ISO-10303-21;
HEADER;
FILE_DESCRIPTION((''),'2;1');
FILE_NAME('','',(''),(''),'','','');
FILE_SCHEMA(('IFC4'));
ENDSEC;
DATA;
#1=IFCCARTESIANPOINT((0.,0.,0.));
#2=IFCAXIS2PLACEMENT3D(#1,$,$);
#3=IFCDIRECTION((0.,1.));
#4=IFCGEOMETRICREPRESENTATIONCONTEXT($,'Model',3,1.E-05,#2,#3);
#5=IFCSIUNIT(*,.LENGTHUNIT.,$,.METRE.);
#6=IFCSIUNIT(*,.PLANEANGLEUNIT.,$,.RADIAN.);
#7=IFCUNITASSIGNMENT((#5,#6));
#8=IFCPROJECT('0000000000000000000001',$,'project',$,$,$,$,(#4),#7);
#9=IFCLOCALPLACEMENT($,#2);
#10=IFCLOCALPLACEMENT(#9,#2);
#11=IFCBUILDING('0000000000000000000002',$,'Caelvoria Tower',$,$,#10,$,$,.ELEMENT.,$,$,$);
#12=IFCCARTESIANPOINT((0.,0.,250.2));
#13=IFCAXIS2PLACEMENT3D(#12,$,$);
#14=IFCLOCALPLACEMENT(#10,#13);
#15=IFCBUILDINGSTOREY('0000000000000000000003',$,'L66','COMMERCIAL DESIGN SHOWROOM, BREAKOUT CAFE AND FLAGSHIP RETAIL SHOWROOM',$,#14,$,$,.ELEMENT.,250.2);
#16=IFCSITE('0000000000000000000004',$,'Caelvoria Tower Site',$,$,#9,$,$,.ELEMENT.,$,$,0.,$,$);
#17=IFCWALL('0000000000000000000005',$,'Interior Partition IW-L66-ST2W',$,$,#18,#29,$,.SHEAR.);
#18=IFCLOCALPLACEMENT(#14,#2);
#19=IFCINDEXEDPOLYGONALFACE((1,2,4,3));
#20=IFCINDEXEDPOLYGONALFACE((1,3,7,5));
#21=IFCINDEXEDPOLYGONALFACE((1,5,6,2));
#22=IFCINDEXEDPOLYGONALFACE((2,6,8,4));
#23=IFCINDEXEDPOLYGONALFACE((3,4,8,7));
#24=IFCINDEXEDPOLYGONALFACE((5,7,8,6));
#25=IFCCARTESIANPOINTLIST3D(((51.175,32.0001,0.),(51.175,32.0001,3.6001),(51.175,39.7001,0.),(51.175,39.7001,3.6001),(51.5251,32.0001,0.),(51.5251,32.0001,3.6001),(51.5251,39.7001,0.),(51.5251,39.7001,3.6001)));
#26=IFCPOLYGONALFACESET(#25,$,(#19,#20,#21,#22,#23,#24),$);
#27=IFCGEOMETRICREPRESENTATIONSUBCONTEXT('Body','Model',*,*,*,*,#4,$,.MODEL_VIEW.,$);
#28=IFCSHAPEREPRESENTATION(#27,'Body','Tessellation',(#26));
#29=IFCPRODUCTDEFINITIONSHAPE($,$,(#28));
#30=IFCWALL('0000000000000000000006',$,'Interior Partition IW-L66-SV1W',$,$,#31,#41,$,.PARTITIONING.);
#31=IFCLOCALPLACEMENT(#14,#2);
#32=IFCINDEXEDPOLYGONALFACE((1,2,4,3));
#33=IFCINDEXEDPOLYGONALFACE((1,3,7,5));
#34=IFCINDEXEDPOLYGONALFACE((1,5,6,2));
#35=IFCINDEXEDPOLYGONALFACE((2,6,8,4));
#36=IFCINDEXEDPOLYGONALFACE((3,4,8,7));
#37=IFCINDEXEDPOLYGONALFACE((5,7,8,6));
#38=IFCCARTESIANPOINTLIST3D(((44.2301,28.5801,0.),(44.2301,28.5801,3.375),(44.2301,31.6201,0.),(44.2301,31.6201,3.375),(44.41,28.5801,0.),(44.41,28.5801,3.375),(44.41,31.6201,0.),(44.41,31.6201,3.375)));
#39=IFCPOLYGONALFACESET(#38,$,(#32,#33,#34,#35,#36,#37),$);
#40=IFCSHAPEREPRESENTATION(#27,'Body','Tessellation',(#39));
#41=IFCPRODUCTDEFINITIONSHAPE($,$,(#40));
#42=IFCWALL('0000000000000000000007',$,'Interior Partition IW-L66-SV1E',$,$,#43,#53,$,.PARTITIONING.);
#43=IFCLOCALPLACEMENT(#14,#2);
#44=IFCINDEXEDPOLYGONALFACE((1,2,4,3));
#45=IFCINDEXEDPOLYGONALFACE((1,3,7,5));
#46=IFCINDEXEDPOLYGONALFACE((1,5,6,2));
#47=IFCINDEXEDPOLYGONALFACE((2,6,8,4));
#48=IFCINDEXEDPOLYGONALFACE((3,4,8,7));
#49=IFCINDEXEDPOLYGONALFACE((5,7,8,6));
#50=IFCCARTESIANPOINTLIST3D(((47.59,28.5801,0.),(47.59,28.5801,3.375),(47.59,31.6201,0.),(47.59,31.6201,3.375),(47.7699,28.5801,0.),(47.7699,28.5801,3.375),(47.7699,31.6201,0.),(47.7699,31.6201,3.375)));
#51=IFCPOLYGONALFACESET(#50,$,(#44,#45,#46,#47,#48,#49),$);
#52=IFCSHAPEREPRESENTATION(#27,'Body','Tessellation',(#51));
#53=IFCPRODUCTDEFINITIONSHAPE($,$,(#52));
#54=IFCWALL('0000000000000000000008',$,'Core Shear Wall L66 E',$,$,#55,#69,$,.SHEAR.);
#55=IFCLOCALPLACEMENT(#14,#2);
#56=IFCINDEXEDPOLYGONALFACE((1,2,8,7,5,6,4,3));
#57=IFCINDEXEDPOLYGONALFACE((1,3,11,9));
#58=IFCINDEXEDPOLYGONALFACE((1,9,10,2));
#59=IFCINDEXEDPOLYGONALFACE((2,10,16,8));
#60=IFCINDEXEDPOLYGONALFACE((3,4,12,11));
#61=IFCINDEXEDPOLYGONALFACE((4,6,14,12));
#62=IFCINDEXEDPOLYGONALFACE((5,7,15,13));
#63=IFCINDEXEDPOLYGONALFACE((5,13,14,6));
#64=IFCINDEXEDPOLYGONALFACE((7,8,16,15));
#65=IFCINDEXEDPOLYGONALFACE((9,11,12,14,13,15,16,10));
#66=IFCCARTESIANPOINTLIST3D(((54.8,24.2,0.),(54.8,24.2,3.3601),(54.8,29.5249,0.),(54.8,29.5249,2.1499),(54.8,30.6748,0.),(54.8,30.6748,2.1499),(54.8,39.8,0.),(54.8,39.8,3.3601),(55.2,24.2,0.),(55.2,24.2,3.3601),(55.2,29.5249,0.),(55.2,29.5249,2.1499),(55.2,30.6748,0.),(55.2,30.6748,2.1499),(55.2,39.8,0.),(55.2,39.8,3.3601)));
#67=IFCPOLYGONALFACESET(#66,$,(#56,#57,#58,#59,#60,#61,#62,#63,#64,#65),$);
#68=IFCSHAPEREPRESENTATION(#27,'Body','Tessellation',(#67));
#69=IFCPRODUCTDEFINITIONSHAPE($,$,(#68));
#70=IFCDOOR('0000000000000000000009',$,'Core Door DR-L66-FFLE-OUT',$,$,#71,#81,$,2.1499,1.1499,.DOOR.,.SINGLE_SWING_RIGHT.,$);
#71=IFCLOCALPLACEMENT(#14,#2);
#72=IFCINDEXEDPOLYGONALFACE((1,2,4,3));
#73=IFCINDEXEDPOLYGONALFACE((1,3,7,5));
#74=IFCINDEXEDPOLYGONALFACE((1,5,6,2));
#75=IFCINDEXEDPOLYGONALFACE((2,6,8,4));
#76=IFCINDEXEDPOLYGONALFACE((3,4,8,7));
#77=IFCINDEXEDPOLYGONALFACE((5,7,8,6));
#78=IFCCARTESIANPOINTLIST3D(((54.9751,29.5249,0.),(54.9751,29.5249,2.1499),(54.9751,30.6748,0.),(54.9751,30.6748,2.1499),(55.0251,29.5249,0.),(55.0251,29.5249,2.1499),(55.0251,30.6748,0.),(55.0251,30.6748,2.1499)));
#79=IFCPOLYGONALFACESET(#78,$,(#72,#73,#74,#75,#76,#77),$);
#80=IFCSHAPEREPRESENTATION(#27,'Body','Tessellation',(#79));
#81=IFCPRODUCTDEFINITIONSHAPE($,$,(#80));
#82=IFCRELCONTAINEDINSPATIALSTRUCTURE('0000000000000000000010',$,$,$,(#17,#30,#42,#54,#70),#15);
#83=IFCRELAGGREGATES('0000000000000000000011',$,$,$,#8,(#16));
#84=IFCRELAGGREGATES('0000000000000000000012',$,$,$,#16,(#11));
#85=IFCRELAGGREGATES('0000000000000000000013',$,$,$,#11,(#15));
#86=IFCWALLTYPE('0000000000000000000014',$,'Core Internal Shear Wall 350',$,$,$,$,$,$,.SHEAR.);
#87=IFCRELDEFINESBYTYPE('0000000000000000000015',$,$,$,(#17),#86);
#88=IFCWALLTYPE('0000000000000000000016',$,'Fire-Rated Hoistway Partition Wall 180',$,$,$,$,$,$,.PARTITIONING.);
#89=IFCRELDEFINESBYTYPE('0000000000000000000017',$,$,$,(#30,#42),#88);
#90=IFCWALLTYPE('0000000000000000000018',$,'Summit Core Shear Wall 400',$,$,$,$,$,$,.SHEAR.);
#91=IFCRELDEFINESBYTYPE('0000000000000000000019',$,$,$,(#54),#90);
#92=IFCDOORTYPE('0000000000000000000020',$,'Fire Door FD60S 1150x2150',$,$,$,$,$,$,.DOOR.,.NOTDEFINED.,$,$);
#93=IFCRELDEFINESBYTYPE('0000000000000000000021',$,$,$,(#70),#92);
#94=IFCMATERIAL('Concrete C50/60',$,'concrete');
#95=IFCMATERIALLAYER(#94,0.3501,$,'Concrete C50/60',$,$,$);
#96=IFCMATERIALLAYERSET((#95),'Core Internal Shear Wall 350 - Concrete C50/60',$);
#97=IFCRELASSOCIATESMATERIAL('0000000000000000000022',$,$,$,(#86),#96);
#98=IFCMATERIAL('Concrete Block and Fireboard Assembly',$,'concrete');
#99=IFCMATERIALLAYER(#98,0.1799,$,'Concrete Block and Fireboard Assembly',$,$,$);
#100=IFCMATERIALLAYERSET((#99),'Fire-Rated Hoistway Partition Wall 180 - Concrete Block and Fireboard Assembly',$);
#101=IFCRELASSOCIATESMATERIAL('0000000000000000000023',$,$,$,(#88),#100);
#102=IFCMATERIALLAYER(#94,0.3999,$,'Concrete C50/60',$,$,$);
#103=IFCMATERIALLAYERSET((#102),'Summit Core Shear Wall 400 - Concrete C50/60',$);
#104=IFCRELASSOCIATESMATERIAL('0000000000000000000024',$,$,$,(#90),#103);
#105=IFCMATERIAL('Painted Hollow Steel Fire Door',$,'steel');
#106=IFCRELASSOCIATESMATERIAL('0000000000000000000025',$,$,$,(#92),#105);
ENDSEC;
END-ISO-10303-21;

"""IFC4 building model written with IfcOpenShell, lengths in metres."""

from ifc_helpers import new_model, si_unit, direction, frame, frame_2d, origin, place, context, subcontext, project, spatial, rectangle, extrude, material, layer, layer_set, type_object, element, fill, save


model = new_model("IFC4")

# Units and contexts
model_context = context("Model", 3, precision=1e-05, world=origin(), true_north=direction((0.0, 1.0)))
body_context = subcontext(model_context, "Body", "Model", "MODEL_VIEW")
ifc_project = project(units=[si_unit("LENGTHUNIT", "METRE"), si_unit("PLANEANGLEUNIT", "RADIAN")], contexts=[model_context])

# Site, building, storey
site_placement = place(None, origin())
site = spatial("IfcSite", under=ifc_project, at=site_placement, Name="Caelvoria Tower Site", CompositionType="ELEMENT", RefElevation=0.0)
building_placement = place(site_placement, origin())
building = spatial("IfcBuilding", under=site, at=building_placement, Name="Caelvoria Tower", CompositionType="ELEMENT")
storey_placement = place(building_placement, frame((0.0, 0.0, 250.2)))
storey = spatial("IfcBuildingStorey", under=building, at=storey_placement, Name="L66", Description="COMMERCIAL DESIGN SHOWROOM, BREAKOUT CAFE AND FLAGSHIP RETAIL SHOWROOM", CompositionType="ELEMENT", Elevation=250.2)

# Wall
ifc_material_1 = material(Name="Concrete C50/60", Category="concrete")
ifc_layer_1 = layer(ifc_material_1, 0.3501, Name="Concrete C50/60")
ifc_layer_set_1 = layer_set([ifc_layer_1], Name="Core Internal Shear Wall 350 - Concrete C50/60")
wall_type_1 = type_object("IfcWallType", Name="Core Internal Shear Wall 350", PredefinedType="SHEAR", material=ifc_layer_set_1)
wall_1_placement = place(storey_placement, frame((51.3501, 32.0, 0.0), z_axis=(0.0, 0.0, 1.0), x_axis=(0.0, 1.0, 0.0)))
element("IfcWall", 1, at=wall_1_placement, inside=storey, type_object=wall_type_1, Name="Interior Partition IW-L66-ST2W", PredefinedType="SHEAR", context=body_context, shape_type="SweptSolid", body=[
    extrude(rectangle(XDim=7.7, YDim=0.3501, at=frame_2d((3.8501, 0.0))), origin(), (0.0, 0.0, 1.0), 3.6001),
])

# Walls
ifc_material_2 = material(Name="Concrete Block and Fireboard Assembly", Category="concrete")
ifc_layer_2 = layer(ifc_material_2, 0.1799, Name="Concrete Block and Fireboard Assembly")
ifc_layer_set_2 = layer_set([ifc_layer_2], Name="Fire-Rated Hoistway Partition Wall 180 - Concrete Block and Fireboard Assembly")
wall_type_2 = type_object("IfcWallType", Name="Fire-Rated Hoistway Partition Wall 180", PredefinedType="PARTITIONING", material=ifc_layer_set_2)
for number, where, z_axis, x_axis, name in (
    (2, (44.3201, 28.5801, 0.0), (0.0, 0.0, 1.0), (0.0, 1.0, 0.0), "Interior Partition IW-L66-SV1W"),
    (3, (47.6799, 28.5801, 0.0), (0.0, 0.0, 1.0), (0.0, 1.0, 0.0), "Interior Partition IW-L66-SV1E"),
):
    element("IfcWall", number, at=place(storey_placement, frame(where, z_axis=z_axis, x_axis=x_axis)), inside=storey, type_object=wall_type_2, Name=name, PredefinedType="PARTITIONING", context=body_context, shape_type="SweptSolid", body=[
        extrude(rectangle(XDim=3.04, YDim=0.1799, at=frame_2d((1.52, 0.0))), origin(), (0.0, 0.0, 1.0), 3.375),
    ])

# Wall, opening, door
ifc_layer_3 = layer(ifc_material_1, 0.3999, Name="Concrete C50/60")
ifc_layer_set_3 = layer_set([ifc_layer_3], Name="Summit Core Shear Wall 400 - Concrete C50/60")
wall_type_3 = type_object("IfcWallType", Name="Summit Core Shear Wall 400", PredefinedType="SHEAR", material=ifc_layer_set_3)
wall_2_placement = place(storey_placement, frame((55.0, 24.2, 0.0), z_axis=(0.0, 0.0, 1.0), x_axis=(0.0, 1.0, 0.0)))
wall_2 = element("IfcWall", 4, at=wall_2_placement, inside=storey, type_object=wall_type_3, Name="Core Shear Wall L66 E", PredefinedType="SHEAR", context=body_context, shape_type="SweptSolid", body=[
    extrude(rectangle(XDim=15.6001, YDim=0.3999, at=frame_2d((7.8, 0.0))), origin(), (0.0, 0.0, 1.0), 3.3601),
])
opening_1_placement = place(wall_2_placement, frame((5.325, 0.0, 0.0)))
opening_1 = element("IfcOpeningElement", 5, at=opening_1_placement, cuts=wall_2, PredefinedType="OPENING", context=body_context, shape_type="SweptSolid", body=[
    extrude(rectangle(XDim=1.1499, YDim=2.1499, at=frame_2d((0.575, 1.075))), frame((0.0, 0.21, 0.0), z_axis=(0.0, -1.0, 0.0), x_axis=(1.0, 0.0, 0.0)), (0.0, 0.0, 1.0), 0.4199),
])
ifc_material_3 = material(Name="Painted Hollow Steel Fire Door", Category="steel")
door_type_1 = type_object("IfcDoorType", Name="Fire Door FD60S 1150x2150", OperationType="NOTDEFINED", PredefinedType="DOOR", material=ifc_material_3)
door_1_placement = place(opening_1_placement, origin())
door_1 = element("IfcDoor", 6, at=door_1_placement, inside=storey, type_object=door_type_1, Name="Core Door DR-L66-FFLE-OUT", OperationType="SINGLE_SWING_RIGHT", OverallHeight=2.1499, OverallWidth=1.1499, PredefinedType="DOOR", context=body_context, shape_type="SweptSolid", body=[
    extrude(rectangle(XDim=1.1499, YDim=2.1499, at=frame_2d((0.575, 1.075))), frame((0.0, 0.0249, 0.0), z_axis=(0.0, -1.0, 0.0), x_axis=(1.0, 0.0, 0.0)), (0.0, 0.0, 1.0), 0.05),
])
fill(opening_1, door_1)

save(model, "model.ifc")
